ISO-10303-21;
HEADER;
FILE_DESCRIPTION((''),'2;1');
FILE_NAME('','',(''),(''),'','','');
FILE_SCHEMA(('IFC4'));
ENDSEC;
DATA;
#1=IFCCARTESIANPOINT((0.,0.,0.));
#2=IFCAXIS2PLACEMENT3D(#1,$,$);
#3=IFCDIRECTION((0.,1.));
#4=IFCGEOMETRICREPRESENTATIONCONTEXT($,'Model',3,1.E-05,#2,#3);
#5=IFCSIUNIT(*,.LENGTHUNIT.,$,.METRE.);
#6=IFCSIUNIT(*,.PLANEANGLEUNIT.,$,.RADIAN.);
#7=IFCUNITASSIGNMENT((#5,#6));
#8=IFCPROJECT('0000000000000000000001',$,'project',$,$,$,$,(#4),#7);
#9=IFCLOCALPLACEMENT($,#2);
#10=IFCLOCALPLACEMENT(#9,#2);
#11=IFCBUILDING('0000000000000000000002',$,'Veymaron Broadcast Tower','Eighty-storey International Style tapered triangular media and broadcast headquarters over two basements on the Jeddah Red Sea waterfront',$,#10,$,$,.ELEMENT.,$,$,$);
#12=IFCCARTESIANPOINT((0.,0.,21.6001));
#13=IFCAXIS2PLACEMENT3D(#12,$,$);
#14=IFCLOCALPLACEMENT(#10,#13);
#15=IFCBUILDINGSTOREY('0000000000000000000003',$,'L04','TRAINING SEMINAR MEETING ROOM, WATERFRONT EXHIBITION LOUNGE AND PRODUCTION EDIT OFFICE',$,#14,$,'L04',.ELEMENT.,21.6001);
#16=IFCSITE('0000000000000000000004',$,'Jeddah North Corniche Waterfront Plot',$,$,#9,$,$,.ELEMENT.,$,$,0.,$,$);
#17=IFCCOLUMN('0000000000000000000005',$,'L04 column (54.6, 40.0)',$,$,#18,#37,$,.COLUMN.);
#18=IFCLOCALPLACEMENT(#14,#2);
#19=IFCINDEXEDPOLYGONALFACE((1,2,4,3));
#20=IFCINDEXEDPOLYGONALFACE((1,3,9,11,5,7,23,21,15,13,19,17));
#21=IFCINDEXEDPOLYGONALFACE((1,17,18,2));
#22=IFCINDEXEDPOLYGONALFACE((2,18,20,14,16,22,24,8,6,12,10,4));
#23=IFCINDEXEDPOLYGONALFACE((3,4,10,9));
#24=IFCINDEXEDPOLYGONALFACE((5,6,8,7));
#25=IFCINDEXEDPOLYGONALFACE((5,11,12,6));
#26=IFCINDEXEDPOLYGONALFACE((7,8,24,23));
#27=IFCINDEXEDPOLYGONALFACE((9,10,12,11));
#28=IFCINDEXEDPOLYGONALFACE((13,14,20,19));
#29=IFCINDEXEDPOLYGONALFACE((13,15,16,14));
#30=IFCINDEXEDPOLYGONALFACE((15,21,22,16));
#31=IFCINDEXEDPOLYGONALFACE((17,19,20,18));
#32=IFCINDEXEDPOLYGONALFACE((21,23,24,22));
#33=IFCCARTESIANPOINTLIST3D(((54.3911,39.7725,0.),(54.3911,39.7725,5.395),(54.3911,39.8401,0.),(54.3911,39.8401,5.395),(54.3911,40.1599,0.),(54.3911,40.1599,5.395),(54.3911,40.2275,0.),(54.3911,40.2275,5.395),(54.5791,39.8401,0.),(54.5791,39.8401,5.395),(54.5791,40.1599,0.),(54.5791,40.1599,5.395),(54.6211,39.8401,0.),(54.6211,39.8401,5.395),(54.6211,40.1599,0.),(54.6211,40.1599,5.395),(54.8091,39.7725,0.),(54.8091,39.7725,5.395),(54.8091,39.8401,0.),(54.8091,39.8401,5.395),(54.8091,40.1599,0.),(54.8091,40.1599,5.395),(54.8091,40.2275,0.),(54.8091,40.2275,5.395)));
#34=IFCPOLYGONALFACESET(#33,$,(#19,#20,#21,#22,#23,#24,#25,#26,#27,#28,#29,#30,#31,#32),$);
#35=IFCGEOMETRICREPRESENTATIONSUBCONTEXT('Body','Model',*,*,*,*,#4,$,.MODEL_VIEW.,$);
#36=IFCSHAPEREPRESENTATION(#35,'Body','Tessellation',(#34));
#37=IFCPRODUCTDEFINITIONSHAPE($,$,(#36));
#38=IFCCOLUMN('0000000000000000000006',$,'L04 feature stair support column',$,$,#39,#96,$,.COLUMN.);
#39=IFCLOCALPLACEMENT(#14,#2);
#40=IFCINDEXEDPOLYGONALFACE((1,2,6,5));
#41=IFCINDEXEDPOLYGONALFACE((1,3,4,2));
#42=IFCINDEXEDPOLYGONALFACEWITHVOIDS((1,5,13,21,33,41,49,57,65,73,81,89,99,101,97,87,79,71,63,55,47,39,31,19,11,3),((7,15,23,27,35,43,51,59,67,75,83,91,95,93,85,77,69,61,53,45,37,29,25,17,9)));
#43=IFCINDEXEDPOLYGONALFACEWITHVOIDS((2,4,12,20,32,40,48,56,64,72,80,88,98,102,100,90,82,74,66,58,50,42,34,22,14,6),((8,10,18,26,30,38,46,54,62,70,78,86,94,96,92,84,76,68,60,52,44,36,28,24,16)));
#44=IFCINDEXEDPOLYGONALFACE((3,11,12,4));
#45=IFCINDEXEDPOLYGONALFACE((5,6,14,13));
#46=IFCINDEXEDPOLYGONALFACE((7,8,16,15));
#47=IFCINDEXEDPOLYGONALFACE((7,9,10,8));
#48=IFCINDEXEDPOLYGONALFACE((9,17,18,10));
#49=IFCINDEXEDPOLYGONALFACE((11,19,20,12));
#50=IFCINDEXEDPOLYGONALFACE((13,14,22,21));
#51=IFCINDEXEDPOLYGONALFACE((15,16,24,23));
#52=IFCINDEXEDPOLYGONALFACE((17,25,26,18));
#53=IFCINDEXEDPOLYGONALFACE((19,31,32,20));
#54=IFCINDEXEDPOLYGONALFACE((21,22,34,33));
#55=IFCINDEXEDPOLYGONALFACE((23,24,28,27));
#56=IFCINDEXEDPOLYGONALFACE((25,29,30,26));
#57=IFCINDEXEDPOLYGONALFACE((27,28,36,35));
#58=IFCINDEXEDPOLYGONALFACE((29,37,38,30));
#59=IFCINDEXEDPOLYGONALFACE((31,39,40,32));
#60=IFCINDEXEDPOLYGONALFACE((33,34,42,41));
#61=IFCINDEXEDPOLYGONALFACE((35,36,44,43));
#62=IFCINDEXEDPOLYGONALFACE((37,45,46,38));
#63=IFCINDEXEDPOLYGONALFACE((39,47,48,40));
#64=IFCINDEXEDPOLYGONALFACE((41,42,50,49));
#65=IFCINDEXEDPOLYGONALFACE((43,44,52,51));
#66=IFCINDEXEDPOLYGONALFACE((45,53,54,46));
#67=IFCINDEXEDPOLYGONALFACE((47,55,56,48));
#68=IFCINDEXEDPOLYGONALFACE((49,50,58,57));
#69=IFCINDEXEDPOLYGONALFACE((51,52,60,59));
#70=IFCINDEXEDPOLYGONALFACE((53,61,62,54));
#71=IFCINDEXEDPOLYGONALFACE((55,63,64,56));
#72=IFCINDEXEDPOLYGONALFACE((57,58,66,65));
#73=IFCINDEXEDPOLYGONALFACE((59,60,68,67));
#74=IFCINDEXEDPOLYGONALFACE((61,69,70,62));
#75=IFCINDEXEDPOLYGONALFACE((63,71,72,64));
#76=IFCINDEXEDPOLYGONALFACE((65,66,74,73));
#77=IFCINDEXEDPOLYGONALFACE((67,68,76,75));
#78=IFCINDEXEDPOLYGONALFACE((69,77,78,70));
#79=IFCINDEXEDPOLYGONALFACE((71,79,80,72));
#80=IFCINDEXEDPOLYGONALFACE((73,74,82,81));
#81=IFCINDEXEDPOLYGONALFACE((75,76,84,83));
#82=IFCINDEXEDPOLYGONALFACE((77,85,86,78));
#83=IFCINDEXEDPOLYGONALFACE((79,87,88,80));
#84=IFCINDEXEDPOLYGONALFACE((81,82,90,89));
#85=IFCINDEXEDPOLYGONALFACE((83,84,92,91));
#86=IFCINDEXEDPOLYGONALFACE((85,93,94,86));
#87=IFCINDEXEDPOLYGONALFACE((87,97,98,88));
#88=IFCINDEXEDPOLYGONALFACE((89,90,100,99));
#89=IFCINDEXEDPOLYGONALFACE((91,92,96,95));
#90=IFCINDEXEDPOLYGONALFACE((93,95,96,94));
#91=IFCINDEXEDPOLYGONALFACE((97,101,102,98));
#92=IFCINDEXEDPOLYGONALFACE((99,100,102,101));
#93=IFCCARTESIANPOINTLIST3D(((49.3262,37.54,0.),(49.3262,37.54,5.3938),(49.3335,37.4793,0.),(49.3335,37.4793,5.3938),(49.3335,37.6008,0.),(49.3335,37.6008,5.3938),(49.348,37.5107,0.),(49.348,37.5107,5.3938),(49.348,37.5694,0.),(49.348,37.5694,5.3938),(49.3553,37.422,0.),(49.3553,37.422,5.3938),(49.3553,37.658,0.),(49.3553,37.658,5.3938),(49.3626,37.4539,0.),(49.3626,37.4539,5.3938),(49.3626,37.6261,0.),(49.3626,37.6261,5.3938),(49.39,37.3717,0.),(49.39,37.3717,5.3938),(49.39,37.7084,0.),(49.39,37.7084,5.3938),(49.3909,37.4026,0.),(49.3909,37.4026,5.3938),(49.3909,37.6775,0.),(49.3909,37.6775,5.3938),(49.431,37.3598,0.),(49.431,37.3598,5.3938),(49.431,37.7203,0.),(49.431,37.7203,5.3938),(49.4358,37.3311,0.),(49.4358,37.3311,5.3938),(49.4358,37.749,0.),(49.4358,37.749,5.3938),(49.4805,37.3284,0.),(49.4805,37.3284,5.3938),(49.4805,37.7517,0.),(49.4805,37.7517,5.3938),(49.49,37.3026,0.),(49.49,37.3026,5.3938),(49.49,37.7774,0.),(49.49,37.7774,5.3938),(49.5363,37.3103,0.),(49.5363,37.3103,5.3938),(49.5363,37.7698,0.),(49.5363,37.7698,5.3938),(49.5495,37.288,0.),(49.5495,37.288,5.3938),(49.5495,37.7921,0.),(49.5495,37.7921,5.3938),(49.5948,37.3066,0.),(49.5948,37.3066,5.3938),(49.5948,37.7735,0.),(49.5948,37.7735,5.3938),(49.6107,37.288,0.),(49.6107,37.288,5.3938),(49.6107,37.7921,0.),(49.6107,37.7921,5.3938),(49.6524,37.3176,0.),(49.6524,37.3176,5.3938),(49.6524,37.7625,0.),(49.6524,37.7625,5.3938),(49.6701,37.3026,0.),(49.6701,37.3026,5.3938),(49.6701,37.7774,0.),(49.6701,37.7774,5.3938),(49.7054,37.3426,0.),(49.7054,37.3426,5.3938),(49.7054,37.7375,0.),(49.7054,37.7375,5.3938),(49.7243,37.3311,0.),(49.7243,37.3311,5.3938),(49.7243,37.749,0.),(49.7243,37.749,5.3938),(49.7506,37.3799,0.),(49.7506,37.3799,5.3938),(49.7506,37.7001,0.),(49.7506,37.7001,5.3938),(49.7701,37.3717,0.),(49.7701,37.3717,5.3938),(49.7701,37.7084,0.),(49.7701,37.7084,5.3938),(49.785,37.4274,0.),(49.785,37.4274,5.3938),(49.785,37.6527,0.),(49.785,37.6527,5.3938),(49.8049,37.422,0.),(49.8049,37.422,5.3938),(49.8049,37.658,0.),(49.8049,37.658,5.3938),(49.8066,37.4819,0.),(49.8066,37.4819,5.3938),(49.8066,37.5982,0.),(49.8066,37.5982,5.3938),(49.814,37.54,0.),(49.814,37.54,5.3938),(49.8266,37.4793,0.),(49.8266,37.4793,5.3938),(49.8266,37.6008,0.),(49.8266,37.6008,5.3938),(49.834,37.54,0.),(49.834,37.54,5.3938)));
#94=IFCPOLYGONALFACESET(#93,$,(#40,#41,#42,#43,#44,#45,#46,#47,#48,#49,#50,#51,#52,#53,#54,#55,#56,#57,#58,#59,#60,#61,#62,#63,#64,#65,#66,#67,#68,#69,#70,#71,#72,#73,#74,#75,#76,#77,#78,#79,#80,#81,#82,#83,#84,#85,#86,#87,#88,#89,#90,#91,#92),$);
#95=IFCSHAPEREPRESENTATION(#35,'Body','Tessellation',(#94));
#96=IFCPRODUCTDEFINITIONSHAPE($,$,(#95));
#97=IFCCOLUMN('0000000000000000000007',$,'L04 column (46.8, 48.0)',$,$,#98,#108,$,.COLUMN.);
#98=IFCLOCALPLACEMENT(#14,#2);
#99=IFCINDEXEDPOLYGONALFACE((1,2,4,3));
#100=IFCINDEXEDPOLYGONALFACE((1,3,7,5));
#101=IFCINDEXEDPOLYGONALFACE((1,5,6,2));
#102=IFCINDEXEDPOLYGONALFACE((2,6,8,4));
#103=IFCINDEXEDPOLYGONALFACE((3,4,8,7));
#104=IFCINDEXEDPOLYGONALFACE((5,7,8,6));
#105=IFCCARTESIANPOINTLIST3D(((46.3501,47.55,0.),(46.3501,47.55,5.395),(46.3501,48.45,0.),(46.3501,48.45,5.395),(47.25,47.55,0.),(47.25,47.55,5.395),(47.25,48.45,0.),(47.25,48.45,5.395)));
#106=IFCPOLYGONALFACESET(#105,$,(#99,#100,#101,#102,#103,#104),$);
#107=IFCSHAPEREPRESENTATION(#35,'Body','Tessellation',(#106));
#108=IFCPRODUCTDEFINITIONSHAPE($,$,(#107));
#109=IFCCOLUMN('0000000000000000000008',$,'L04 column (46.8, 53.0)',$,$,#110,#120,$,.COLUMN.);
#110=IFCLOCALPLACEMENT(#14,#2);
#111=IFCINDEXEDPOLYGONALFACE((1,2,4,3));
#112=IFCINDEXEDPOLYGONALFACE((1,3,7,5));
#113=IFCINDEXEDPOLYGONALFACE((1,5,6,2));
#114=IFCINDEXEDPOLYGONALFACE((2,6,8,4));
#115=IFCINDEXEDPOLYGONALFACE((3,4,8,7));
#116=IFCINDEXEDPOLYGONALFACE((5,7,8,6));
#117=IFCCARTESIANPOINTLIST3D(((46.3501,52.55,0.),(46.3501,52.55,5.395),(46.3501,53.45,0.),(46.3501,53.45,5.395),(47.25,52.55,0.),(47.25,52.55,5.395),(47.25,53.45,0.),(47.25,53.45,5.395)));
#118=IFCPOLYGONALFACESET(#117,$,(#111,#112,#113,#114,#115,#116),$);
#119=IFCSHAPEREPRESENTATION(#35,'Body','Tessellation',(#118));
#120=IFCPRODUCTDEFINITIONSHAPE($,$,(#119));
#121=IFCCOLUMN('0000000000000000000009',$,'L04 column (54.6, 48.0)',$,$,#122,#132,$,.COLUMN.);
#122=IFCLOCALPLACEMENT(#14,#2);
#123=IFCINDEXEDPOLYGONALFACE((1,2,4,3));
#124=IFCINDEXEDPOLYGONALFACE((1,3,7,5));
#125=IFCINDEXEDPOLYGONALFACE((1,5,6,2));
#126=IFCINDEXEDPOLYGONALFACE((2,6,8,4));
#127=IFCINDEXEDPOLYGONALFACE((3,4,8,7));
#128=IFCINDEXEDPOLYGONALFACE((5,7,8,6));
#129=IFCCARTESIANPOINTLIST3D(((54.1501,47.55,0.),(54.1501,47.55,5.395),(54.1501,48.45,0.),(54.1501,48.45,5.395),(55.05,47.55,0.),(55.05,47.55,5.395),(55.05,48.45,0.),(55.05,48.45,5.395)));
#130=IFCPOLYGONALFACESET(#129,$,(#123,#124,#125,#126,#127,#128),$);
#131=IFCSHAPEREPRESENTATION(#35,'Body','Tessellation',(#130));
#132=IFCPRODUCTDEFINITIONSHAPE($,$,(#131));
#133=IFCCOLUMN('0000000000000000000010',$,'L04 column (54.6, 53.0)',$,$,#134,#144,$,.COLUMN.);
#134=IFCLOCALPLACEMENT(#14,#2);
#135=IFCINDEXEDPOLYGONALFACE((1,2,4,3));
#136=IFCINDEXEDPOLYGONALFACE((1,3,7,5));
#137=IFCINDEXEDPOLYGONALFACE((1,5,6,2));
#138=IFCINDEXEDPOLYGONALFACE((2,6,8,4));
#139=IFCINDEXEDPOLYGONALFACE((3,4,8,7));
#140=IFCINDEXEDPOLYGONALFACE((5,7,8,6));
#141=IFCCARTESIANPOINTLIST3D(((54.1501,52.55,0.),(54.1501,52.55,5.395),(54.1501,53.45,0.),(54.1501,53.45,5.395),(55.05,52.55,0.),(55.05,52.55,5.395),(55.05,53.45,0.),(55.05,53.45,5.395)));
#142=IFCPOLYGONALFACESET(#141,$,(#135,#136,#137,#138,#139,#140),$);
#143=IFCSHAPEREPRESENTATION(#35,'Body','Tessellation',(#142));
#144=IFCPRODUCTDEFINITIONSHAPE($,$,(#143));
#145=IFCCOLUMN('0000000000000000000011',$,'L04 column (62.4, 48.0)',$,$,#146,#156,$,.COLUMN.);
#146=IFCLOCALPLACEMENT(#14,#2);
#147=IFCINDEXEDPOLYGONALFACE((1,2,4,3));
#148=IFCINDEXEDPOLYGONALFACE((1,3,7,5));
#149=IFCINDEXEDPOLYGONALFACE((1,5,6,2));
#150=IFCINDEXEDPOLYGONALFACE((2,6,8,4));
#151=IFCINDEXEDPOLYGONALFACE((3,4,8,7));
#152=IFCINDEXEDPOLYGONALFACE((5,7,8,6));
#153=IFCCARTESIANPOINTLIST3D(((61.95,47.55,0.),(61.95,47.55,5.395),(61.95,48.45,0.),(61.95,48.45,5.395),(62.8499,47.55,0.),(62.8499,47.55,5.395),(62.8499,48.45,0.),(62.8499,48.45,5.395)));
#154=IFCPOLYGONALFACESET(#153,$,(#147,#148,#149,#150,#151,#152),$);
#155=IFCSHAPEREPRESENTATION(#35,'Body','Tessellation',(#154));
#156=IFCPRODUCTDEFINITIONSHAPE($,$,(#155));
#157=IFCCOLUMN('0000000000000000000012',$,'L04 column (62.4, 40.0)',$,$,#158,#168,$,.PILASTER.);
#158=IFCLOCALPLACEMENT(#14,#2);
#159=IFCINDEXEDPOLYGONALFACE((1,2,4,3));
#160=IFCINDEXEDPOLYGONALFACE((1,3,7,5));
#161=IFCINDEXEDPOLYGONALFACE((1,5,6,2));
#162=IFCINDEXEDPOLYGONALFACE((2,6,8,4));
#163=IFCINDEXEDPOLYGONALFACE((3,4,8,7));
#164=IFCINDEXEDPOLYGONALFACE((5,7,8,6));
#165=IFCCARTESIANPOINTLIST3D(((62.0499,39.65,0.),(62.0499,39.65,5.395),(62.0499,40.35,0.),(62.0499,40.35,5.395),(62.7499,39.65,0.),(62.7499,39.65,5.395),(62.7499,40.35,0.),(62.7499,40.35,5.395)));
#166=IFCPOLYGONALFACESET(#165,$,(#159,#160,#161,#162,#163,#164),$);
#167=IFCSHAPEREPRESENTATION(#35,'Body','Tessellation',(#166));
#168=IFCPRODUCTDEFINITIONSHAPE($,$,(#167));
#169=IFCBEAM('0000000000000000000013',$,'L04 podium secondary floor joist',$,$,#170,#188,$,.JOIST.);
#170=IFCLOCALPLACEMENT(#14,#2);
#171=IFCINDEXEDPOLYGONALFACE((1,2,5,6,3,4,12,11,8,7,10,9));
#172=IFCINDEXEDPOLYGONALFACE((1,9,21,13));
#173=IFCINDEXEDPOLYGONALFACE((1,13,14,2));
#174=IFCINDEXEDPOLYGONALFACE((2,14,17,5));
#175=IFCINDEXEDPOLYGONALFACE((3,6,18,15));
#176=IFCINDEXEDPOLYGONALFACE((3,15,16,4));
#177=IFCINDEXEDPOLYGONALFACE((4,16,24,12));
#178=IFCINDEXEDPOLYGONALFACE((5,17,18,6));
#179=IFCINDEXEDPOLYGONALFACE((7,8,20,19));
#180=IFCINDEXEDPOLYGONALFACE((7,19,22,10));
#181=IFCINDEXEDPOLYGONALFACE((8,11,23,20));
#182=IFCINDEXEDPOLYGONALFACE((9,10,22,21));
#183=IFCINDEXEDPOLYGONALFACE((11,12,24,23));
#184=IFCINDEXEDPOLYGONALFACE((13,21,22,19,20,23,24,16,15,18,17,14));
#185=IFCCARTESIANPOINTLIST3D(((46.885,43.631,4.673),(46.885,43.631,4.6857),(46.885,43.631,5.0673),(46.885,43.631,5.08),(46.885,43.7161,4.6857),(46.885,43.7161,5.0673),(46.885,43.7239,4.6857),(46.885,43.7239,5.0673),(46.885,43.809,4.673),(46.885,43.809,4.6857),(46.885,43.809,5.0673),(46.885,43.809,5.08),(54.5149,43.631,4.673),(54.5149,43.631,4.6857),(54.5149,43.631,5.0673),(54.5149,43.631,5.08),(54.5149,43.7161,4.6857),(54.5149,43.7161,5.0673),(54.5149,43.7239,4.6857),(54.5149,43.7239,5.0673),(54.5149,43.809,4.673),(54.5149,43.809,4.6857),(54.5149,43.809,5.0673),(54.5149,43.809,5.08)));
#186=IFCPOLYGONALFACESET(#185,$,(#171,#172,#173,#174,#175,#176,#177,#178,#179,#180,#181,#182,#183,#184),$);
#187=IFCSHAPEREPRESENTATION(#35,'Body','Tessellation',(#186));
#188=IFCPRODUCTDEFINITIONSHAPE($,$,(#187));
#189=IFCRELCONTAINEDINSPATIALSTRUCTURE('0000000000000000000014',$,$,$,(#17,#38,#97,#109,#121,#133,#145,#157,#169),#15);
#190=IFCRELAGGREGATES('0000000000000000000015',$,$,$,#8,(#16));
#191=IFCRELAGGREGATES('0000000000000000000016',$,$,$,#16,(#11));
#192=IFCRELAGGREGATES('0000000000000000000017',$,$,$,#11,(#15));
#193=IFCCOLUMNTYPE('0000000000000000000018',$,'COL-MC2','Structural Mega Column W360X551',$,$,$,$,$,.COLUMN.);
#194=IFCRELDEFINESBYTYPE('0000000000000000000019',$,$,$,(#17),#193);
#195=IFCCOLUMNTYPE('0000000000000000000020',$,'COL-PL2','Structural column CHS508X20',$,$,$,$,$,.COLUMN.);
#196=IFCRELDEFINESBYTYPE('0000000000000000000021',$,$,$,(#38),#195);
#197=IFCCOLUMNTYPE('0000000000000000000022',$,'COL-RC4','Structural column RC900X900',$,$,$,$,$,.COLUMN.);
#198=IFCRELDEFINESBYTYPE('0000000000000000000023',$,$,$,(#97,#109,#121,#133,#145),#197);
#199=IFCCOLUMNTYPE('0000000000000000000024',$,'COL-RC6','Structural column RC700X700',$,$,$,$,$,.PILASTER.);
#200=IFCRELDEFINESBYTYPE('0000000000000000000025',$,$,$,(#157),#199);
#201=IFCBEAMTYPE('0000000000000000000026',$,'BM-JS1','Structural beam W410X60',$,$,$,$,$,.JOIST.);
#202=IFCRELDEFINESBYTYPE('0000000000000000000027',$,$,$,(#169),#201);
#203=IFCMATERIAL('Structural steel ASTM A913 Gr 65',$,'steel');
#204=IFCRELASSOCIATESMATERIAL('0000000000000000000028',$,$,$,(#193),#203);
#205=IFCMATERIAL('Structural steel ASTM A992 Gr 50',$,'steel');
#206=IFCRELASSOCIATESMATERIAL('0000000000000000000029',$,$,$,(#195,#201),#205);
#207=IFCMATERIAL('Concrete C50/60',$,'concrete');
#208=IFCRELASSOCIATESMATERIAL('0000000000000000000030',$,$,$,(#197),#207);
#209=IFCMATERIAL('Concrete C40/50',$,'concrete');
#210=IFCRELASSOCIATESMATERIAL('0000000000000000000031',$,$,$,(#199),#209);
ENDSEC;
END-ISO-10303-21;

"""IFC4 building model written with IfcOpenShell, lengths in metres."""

from ifc_helpers import new_model, si_unit, direction, frame, origin, origin_2d, place, context, subcontext, project, spatial, rectangle, hollow_circle, i_section, extrude, material, material_profile, profile_set, type_object, element, save


model = new_model("IFC4")

# Units and contexts
model_context = context("Model", 3, precision=1e-05, world=origin(), true_north=direction((0.0, 1.0)))
body_context = subcontext(model_context, "Body", "Model", "MODEL_VIEW")
ifc_project = project(units=[si_unit("LENGTHUNIT", "METRE"), si_unit("PLANEANGLEUNIT", "RADIAN")], contexts=[model_context])

# Site, building, storey
site_placement = place(None, origin())
site = spatial("IfcSite", under=ifc_project, at=site_placement, Name="Jeddah North Corniche Waterfront Plot", CompositionType="ELEMENT", RefElevation=0.0)
building_placement = place(site_placement, origin())
building = spatial("IfcBuilding", under=site, at=building_placement, Name="Veymaron Broadcast Tower", Description="Eighty-storey International Style tapered triangular media and broadcast headquarters over two basements on the Jeddah Red Sea waterfront", CompositionType="ELEMENT")
storey_placement = place(building_placement, frame((0.0, 0.0, 21.6001)))
storey = spatial("IfcBuildingStorey", under=building, at=storey_placement, Name="L04", Description="TRAINING SEMINAR MEETING ROOM, WATERFRONT EXHIBITION LOUNGE AND PRODUCTION EDIT OFFICE", LongName="L04", CompositionType="ELEMENT", Elevation=21.6001)

# Columns
ifc_material_1 = material(Name="Structural steel ASTM A913 Gr 65", Category="steel")
ifc_material_profile_1 = material_profile(ifc_material_1, i_section(OverallWidth=0.418, OverallDepth=0.4551, WebThickness=0.042, FlangeThickness=0.0676, at=origin_2d()), Name="W360X551")
ifc_profile_set_1 = profile_set([ifc_material_profile_1], Name="Structural steel ASTM A913 Gr 65")
column_type_1 = type_object("IfcColumnType", Name="COL-MC2", Description="Structural Mega Column W360X551", PredefinedType="COLUMN", material=ifc_profile_set_1)
column_1_placement = place(storey_placement, frame((54.6001, 40.0, 0.0), z_axis=(0.0, 0.0, 1.0), x_axis=(1.0, 0.0, 0.0)))
element("IfcColumn", 1, at=column_1_placement, inside=storey, type_object=column_type_1, Name="L04 column (54.6, 40.0)", PredefinedType="COLUMN", context=body_context, shape_type="SweptSolid", body=[
    extrude(i_section(OverallWidth=0.418, OverallDepth=0.4551, WebThickness=0.042, FlangeThickness=0.0676, at=origin_2d()), origin(), (0.0, 0.0, 1.0), 5.395),
])
ifc_material_2 = material(Name="Structural steel ASTM A992 Gr 50", Category="steel")
ifc_material_profile_2 = material_profile(ifc_material_2, hollow_circle(Radius=0.2539, WallThickness=0.02, at=origin_2d()), Name="CHS508X20")
ifc_profile_set_2 = profile_set([ifc_material_profile_2], Name="Structural steel ASTM A992 Gr 50")
column_type_2 = type_object("IfcColumnType", Name="COL-PL2", Description="Structural column CHS508X20", PredefinedType="COLUMN", material=ifc_profile_set_2)
column_2_placement = place(storey_placement, frame((49.5801, 37.54, 0.0), z_axis=(0.0, 0.0, 1.0), x_axis=(1.0, 0.0, 0.0)))
element("IfcColumn", 2, at=column_2_placement, inside=storey, type_object=column_type_2, Name="L04 feature stair support column", PredefinedType="COLUMN", context=body_context, shape_type="SweptSolid", body=[
    extrude(hollow_circle(Radius=0.2539, WallThickness=0.02, at=origin_2d()), origin(), (0.0, 0.0, 1.0), 5.3938),
])
ifc_material_3 = material(Name="Concrete C50/60", Category="concrete")
ifc_material_profile_3 = material_profile(ifc_material_3, rectangle(XDim=0.8999, YDim=0.8999, at=origin_2d()), Name="RC900X900")
ifc_profile_set_3 = profile_set([ifc_material_profile_3], Name="Concrete C50/60")
column_type_3 = type_object("IfcColumnType", Name="COL-RC4", Description="Structural column RC900X900", PredefinedType="COLUMN", material=ifc_profile_set_3)
for number, where, z_axis, x_axis, name in (
    (3, (46.8, 48.0, 0.0), (0.0, 0.0, 1.0), (1.0, 0.0, 0.0), "L04 column (46.8, 48.0)"),
    (4, (46.8, 53.0, 0.0), (0.0, 0.0, 1.0), (1.0, 0.0, 0.0), "L04 column (46.8, 53.0)"),
    (5, (54.6001, 48.0, 0.0), (0.0, 0.0, 1.0), (1.0, 0.0, 0.0), "L04 column (54.6, 48.0)"),
    (6, (54.6001, 53.0, 0.0), (0.0, 0.0, 1.0), (1.0, 0.0, 0.0), "L04 column (54.6, 53.0)"),
    (7, (62.3999, 48.0, 0.0), (0.0, 0.0, 1.0), (1.0, 0.0, 0.0), "L04 column (62.4, 48.0)"),
):
    element("IfcColumn", number, at=place(storey_placement, frame(where, z_axis=z_axis, x_axis=x_axis)), inside=storey, type_object=column_type_3, Name=name, PredefinedType="COLUMN", context=body_context, shape_type="SweptSolid", body=[
        extrude(rectangle(XDim=0.8999, YDim=0.8999, at=origin_2d()), origin(), (0.0, 0.0, 1.0), 5.395),
    ])
ifc_material_4 = material(Name="Concrete C40/50", Category="concrete")
ifc_material_profile_4 = material_profile(ifc_material_4, rectangle(XDim=0.7, YDim=0.7, at=origin_2d()), Name="RC700X700")
ifc_profile_set_4 = profile_set([ifc_material_profile_4], Name="Concrete C40/50")
column_type_4 = type_object("IfcColumnType", Name="COL-RC6", Description="Structural column RC700X700", PredefinedType="PILASTER", material=ifc_profile_set_4)
column_3_placement = place(storey_placement, frame((62.3999, 40.0, 0.0), z_axis=(0.0, 0.0, 1.0), x_axis=(1.0, 0.0, 0.0)))
element("IfcColumn", 8, at=column_3_placement, inside=storey, type_object=column_type_4, Name="L04 column (62.4, 40.0)", PredefinedType="PILASTER", context=body_context, shape_type="SweptSolid", body=[
    extrude(rectangle(XDim=0.7, YDim=0.7, at=origin_2d()), origin(), (0.0, 0.0, 1.0), 5.395),
])

# Beam
ifc_material_profile_5 = material_profile(ifc_material_2, i_section(OverallWidth=0.178, OverallDepth=0.407, WebThickness=0.0078, FlangeThickness=0.0127, at=origin_2d()), Name="W410X60")
ifc_profile_set_5 = profile_set([ifc_material_profile_5], Name="Structural steel ASTM A992 Gr 50")
beam_type_1 = type_object("IfcBeamType", Name="BM-JS1", Description="Structural beam W410X60", PredefinedType="JOIST", material=ifc_profile_set_5)
for number, where, z_axis, x_axis, name in (
    (9, (46.885, 43.72, 4.8765), (1.0, 0.0, 0.0), (0.0, 1.0, 0.0), "L04 podium secondary floor joist"),
):
    element("IfcBeam", number, at=place(storey_placement, frame(where, z_axis=z_axis, x_axis=x_axis)), inside=storey, type_object=beam_type_1, Name=name, PredefinedType="JOIST", context=body_context, shape_type="SweptSolid", body=[
        extrude(i_section(OverallWidth=0.178, OverallDepth=0.407, WebThickness=0.0078, FlangeThickness=0.0127, at=origin_2d()), origin(), (0.0, 0.0, 1.0), 7.6299),
    ])

save(model, "model.ifc")
